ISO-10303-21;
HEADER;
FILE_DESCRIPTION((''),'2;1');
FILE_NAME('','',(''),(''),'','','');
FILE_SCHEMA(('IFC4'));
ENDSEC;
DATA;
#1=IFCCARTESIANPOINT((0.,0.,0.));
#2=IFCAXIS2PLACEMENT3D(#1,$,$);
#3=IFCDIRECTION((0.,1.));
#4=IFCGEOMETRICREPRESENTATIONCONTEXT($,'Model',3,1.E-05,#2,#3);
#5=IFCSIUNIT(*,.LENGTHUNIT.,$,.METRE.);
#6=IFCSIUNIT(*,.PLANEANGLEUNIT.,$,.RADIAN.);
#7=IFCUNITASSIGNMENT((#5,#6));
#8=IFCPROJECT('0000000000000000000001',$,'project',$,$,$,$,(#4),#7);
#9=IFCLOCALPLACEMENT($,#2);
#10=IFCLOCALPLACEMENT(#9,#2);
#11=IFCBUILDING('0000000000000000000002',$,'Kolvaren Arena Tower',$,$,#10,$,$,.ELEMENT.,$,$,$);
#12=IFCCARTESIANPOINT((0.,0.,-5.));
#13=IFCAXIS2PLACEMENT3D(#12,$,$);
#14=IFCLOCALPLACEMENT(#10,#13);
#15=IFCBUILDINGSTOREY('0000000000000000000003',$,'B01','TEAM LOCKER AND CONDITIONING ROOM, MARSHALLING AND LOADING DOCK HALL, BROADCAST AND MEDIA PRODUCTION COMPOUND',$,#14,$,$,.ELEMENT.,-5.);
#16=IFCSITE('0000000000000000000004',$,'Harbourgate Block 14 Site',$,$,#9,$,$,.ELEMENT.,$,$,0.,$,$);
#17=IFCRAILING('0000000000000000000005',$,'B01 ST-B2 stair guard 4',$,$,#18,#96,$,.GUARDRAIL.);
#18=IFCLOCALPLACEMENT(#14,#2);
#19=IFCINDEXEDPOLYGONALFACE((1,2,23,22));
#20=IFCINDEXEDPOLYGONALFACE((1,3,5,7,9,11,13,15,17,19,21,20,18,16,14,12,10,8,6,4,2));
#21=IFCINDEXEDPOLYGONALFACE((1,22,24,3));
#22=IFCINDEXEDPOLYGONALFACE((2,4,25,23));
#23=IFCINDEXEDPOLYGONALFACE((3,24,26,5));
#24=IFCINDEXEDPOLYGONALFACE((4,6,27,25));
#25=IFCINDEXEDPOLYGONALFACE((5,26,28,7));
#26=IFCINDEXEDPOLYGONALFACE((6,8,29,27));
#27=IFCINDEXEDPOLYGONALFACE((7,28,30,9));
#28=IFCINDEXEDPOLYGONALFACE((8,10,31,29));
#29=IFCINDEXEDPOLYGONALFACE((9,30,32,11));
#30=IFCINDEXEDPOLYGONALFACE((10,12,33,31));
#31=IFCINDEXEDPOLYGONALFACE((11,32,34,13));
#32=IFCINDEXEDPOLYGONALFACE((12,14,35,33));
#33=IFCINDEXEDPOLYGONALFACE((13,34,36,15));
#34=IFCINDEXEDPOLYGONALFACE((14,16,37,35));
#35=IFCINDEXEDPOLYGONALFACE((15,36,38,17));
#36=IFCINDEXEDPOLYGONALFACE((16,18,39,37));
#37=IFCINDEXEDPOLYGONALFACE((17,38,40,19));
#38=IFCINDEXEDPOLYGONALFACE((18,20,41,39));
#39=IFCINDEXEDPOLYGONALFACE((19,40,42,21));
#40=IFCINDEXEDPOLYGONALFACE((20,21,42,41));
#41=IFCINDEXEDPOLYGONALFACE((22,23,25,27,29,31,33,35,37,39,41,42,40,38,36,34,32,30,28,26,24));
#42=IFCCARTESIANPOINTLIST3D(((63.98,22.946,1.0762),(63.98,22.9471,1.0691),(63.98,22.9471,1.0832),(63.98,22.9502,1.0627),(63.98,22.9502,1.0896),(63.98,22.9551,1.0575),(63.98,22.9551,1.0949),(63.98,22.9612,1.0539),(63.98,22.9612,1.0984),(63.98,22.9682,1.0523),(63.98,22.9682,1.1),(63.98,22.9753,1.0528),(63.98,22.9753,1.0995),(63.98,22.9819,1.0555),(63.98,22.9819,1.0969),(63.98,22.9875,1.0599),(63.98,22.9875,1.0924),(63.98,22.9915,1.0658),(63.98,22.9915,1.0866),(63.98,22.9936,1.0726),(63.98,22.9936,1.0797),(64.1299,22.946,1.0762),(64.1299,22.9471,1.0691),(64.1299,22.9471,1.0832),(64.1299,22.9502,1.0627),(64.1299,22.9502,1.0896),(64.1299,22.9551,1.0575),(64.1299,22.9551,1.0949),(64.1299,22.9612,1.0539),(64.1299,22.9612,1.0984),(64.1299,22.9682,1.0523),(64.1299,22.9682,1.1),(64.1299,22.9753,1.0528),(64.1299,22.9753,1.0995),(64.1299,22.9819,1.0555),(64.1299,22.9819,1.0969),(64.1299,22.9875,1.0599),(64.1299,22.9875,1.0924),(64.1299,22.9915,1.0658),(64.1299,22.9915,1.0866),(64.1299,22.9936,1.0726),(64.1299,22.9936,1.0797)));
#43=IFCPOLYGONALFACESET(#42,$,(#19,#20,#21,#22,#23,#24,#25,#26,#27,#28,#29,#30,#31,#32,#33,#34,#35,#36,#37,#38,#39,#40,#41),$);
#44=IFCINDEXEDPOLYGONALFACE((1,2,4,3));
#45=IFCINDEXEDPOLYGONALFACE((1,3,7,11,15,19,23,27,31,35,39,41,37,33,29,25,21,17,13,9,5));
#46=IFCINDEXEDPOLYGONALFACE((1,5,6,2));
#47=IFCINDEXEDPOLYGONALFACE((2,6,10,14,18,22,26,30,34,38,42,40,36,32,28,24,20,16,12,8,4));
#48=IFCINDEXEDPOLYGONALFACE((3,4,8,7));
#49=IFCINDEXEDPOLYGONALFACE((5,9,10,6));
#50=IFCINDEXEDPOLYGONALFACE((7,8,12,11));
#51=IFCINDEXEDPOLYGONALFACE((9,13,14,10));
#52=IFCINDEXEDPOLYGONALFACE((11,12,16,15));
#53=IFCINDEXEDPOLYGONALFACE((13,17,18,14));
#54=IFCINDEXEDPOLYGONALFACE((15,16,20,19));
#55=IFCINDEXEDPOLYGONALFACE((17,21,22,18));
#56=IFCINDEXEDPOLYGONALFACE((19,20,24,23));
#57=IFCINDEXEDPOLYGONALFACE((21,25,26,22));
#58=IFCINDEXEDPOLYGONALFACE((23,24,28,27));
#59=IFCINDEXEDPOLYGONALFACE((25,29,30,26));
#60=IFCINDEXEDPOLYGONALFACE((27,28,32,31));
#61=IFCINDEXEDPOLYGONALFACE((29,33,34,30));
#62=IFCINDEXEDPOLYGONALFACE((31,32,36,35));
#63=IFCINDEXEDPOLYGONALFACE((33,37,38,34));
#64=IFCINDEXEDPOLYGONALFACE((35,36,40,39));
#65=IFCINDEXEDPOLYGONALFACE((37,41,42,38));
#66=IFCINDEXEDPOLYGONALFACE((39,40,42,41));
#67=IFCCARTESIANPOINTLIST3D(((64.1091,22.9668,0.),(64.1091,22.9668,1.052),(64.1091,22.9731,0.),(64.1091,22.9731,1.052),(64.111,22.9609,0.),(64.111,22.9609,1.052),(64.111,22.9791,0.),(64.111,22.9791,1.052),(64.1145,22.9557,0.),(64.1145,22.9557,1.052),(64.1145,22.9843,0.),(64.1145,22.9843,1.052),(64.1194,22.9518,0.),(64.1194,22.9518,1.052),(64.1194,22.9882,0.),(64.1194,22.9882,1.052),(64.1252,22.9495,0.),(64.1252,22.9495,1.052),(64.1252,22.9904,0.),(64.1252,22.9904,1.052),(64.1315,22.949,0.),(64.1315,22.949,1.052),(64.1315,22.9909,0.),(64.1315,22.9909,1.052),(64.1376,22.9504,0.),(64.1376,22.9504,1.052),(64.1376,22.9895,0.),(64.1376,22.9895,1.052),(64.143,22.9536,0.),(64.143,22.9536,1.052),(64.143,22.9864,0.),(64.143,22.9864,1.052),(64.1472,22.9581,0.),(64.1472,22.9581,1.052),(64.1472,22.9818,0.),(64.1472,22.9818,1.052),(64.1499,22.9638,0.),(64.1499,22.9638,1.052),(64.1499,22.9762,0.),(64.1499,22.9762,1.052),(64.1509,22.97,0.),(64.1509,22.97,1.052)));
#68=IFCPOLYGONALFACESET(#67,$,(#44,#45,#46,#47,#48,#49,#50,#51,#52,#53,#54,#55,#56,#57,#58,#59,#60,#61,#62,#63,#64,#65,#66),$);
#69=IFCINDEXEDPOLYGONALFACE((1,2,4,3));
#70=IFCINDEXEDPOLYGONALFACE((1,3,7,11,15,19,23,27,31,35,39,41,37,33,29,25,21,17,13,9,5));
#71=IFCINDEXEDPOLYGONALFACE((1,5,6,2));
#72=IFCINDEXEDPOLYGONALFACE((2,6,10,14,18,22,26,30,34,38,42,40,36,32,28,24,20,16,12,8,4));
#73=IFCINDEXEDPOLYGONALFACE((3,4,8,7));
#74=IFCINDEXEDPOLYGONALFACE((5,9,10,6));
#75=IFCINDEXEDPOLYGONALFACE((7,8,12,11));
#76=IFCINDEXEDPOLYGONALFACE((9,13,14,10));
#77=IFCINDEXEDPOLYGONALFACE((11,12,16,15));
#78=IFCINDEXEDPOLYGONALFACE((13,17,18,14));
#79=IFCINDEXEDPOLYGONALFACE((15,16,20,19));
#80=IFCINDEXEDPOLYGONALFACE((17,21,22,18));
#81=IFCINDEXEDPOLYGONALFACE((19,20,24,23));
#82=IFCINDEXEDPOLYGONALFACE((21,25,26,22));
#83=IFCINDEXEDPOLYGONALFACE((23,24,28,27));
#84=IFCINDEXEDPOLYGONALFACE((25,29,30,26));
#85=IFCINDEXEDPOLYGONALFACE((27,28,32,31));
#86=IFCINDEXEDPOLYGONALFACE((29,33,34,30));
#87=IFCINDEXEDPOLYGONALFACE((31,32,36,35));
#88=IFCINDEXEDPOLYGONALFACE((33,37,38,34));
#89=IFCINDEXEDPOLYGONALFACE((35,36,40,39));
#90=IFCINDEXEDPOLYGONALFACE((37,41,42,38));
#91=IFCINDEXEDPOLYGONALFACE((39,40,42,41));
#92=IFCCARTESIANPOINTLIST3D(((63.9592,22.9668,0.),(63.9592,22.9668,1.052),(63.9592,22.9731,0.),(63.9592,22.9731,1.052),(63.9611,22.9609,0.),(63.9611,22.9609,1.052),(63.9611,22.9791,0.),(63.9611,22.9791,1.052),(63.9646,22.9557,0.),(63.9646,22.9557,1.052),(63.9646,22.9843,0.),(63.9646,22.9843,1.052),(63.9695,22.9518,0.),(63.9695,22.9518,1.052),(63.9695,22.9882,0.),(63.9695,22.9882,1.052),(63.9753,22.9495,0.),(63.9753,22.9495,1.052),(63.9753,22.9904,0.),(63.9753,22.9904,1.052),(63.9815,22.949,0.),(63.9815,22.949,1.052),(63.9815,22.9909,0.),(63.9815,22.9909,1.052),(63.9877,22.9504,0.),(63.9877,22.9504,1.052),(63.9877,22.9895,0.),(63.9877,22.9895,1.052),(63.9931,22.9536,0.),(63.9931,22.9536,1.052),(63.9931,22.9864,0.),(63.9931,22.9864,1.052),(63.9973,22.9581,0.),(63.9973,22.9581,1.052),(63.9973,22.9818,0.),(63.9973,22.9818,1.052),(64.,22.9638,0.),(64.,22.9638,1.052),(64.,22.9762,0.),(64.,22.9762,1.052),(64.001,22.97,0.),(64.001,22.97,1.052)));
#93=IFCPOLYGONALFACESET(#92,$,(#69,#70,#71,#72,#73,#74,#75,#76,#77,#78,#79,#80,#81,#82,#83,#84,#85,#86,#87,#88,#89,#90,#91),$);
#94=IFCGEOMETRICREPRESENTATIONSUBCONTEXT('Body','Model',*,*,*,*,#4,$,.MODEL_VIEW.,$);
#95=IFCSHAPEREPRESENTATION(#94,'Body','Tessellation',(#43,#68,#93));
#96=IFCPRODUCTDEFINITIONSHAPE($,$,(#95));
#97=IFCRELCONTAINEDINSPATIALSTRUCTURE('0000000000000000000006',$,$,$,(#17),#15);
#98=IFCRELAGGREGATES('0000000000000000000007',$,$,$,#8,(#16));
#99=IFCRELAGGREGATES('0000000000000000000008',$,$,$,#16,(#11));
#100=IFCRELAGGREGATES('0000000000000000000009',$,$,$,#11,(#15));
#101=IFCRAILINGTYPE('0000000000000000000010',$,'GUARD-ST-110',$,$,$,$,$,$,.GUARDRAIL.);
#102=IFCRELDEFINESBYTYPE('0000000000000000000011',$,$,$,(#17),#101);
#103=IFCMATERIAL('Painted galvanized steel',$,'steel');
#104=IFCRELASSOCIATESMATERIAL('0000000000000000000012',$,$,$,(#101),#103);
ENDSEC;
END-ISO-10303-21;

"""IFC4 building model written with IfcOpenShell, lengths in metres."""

from ifc_helpers import new_model, si_unit, direction, frame, origin, origin_2d, place, context, subcontext, project, spatial, circle, extrude, material, type_object, element, save


model = new_model("IFC4")

# Units and contexts
model_context = context("Model", 3, precision=1e-05, world=origin(), true_north=direction((0.0, 1.0)))
body_context = subcontext(model_context, "Body", "Model", "MODEL_VIEW")
ifc_project = project(units=[si_unit("LENGTHUNIT", "METRE"), si_unit("PLANEANGLEUNIT", "RADIAN")], contexts=[model_context])

# Site, building, storey
site_placement = place(None, origin())
site = spatial("IfcSite", under=ifc_project, at=site_placement, Name="Harbourgate Block 14 Site", CompositionType="ELEMENT", RefElevation=0.0)
building_placement = place(site_placement, origin())
building = spatial("IfcBuilding", under=site, at=building_placement, Name="Kolvaren Arena Tower", CompositionType="ELEMENT")
storey_placement = place(building_placement, frame((0.0, 0.0, -5.0)))
storey = spatial("IfcBuildingStorey", under=building, at=storey_placement, Name="B01", Description="TEAM LOCKER AND CONDITIONING ROOM, MARSHALLING AND LOADING DOCK HALL, BROADCAST AND MEDIA PRODUCTION COMPOUND", CompositionType="ELEMENT", Elevation=-5.0)

# Railing
ifc_material_1 = material(Name="Painted galvanized steel", Category="steel")
railing_type_1 = type_object("IfcRailingType", Name="GUARD-ST-110", PredefinedType="GUARDRAIL", material=ifc_material_1)
railing_1_placement = place(storey_placement, frame((64.1299, 22.97, 0.0)))
element("IfcRailing", 1, at=railing_1_placement, inside=storey, type_object=railing_type_1, Name="B01 ST-B2 stair guard 4", PredefinedType="GUARDRAIL", context=body_context, shape_type="SweptSolid", body=[
    extrude(circle(Radius=0.0239, at=origin_2d()), frame((0.0, 0.0, 1.0762), z_axis=(-1.0, 0.0, 0.0), x_axis=(0.0, -1.0, 0.0)), (0.0, 0.0, 1.0), 0.1499),
    extrude(circle(Radius=0.021, at=origin_2d()), origin(), (0.0, 0.0, 1.0), 1.052),
    extrude(circle(Radius=0.021, at=origin_2d()), frame((-0.1499, 0.0, 0.0)), (0.0, 0.0, 1.0), 1.052),
])

save(model, "model.ifc")
